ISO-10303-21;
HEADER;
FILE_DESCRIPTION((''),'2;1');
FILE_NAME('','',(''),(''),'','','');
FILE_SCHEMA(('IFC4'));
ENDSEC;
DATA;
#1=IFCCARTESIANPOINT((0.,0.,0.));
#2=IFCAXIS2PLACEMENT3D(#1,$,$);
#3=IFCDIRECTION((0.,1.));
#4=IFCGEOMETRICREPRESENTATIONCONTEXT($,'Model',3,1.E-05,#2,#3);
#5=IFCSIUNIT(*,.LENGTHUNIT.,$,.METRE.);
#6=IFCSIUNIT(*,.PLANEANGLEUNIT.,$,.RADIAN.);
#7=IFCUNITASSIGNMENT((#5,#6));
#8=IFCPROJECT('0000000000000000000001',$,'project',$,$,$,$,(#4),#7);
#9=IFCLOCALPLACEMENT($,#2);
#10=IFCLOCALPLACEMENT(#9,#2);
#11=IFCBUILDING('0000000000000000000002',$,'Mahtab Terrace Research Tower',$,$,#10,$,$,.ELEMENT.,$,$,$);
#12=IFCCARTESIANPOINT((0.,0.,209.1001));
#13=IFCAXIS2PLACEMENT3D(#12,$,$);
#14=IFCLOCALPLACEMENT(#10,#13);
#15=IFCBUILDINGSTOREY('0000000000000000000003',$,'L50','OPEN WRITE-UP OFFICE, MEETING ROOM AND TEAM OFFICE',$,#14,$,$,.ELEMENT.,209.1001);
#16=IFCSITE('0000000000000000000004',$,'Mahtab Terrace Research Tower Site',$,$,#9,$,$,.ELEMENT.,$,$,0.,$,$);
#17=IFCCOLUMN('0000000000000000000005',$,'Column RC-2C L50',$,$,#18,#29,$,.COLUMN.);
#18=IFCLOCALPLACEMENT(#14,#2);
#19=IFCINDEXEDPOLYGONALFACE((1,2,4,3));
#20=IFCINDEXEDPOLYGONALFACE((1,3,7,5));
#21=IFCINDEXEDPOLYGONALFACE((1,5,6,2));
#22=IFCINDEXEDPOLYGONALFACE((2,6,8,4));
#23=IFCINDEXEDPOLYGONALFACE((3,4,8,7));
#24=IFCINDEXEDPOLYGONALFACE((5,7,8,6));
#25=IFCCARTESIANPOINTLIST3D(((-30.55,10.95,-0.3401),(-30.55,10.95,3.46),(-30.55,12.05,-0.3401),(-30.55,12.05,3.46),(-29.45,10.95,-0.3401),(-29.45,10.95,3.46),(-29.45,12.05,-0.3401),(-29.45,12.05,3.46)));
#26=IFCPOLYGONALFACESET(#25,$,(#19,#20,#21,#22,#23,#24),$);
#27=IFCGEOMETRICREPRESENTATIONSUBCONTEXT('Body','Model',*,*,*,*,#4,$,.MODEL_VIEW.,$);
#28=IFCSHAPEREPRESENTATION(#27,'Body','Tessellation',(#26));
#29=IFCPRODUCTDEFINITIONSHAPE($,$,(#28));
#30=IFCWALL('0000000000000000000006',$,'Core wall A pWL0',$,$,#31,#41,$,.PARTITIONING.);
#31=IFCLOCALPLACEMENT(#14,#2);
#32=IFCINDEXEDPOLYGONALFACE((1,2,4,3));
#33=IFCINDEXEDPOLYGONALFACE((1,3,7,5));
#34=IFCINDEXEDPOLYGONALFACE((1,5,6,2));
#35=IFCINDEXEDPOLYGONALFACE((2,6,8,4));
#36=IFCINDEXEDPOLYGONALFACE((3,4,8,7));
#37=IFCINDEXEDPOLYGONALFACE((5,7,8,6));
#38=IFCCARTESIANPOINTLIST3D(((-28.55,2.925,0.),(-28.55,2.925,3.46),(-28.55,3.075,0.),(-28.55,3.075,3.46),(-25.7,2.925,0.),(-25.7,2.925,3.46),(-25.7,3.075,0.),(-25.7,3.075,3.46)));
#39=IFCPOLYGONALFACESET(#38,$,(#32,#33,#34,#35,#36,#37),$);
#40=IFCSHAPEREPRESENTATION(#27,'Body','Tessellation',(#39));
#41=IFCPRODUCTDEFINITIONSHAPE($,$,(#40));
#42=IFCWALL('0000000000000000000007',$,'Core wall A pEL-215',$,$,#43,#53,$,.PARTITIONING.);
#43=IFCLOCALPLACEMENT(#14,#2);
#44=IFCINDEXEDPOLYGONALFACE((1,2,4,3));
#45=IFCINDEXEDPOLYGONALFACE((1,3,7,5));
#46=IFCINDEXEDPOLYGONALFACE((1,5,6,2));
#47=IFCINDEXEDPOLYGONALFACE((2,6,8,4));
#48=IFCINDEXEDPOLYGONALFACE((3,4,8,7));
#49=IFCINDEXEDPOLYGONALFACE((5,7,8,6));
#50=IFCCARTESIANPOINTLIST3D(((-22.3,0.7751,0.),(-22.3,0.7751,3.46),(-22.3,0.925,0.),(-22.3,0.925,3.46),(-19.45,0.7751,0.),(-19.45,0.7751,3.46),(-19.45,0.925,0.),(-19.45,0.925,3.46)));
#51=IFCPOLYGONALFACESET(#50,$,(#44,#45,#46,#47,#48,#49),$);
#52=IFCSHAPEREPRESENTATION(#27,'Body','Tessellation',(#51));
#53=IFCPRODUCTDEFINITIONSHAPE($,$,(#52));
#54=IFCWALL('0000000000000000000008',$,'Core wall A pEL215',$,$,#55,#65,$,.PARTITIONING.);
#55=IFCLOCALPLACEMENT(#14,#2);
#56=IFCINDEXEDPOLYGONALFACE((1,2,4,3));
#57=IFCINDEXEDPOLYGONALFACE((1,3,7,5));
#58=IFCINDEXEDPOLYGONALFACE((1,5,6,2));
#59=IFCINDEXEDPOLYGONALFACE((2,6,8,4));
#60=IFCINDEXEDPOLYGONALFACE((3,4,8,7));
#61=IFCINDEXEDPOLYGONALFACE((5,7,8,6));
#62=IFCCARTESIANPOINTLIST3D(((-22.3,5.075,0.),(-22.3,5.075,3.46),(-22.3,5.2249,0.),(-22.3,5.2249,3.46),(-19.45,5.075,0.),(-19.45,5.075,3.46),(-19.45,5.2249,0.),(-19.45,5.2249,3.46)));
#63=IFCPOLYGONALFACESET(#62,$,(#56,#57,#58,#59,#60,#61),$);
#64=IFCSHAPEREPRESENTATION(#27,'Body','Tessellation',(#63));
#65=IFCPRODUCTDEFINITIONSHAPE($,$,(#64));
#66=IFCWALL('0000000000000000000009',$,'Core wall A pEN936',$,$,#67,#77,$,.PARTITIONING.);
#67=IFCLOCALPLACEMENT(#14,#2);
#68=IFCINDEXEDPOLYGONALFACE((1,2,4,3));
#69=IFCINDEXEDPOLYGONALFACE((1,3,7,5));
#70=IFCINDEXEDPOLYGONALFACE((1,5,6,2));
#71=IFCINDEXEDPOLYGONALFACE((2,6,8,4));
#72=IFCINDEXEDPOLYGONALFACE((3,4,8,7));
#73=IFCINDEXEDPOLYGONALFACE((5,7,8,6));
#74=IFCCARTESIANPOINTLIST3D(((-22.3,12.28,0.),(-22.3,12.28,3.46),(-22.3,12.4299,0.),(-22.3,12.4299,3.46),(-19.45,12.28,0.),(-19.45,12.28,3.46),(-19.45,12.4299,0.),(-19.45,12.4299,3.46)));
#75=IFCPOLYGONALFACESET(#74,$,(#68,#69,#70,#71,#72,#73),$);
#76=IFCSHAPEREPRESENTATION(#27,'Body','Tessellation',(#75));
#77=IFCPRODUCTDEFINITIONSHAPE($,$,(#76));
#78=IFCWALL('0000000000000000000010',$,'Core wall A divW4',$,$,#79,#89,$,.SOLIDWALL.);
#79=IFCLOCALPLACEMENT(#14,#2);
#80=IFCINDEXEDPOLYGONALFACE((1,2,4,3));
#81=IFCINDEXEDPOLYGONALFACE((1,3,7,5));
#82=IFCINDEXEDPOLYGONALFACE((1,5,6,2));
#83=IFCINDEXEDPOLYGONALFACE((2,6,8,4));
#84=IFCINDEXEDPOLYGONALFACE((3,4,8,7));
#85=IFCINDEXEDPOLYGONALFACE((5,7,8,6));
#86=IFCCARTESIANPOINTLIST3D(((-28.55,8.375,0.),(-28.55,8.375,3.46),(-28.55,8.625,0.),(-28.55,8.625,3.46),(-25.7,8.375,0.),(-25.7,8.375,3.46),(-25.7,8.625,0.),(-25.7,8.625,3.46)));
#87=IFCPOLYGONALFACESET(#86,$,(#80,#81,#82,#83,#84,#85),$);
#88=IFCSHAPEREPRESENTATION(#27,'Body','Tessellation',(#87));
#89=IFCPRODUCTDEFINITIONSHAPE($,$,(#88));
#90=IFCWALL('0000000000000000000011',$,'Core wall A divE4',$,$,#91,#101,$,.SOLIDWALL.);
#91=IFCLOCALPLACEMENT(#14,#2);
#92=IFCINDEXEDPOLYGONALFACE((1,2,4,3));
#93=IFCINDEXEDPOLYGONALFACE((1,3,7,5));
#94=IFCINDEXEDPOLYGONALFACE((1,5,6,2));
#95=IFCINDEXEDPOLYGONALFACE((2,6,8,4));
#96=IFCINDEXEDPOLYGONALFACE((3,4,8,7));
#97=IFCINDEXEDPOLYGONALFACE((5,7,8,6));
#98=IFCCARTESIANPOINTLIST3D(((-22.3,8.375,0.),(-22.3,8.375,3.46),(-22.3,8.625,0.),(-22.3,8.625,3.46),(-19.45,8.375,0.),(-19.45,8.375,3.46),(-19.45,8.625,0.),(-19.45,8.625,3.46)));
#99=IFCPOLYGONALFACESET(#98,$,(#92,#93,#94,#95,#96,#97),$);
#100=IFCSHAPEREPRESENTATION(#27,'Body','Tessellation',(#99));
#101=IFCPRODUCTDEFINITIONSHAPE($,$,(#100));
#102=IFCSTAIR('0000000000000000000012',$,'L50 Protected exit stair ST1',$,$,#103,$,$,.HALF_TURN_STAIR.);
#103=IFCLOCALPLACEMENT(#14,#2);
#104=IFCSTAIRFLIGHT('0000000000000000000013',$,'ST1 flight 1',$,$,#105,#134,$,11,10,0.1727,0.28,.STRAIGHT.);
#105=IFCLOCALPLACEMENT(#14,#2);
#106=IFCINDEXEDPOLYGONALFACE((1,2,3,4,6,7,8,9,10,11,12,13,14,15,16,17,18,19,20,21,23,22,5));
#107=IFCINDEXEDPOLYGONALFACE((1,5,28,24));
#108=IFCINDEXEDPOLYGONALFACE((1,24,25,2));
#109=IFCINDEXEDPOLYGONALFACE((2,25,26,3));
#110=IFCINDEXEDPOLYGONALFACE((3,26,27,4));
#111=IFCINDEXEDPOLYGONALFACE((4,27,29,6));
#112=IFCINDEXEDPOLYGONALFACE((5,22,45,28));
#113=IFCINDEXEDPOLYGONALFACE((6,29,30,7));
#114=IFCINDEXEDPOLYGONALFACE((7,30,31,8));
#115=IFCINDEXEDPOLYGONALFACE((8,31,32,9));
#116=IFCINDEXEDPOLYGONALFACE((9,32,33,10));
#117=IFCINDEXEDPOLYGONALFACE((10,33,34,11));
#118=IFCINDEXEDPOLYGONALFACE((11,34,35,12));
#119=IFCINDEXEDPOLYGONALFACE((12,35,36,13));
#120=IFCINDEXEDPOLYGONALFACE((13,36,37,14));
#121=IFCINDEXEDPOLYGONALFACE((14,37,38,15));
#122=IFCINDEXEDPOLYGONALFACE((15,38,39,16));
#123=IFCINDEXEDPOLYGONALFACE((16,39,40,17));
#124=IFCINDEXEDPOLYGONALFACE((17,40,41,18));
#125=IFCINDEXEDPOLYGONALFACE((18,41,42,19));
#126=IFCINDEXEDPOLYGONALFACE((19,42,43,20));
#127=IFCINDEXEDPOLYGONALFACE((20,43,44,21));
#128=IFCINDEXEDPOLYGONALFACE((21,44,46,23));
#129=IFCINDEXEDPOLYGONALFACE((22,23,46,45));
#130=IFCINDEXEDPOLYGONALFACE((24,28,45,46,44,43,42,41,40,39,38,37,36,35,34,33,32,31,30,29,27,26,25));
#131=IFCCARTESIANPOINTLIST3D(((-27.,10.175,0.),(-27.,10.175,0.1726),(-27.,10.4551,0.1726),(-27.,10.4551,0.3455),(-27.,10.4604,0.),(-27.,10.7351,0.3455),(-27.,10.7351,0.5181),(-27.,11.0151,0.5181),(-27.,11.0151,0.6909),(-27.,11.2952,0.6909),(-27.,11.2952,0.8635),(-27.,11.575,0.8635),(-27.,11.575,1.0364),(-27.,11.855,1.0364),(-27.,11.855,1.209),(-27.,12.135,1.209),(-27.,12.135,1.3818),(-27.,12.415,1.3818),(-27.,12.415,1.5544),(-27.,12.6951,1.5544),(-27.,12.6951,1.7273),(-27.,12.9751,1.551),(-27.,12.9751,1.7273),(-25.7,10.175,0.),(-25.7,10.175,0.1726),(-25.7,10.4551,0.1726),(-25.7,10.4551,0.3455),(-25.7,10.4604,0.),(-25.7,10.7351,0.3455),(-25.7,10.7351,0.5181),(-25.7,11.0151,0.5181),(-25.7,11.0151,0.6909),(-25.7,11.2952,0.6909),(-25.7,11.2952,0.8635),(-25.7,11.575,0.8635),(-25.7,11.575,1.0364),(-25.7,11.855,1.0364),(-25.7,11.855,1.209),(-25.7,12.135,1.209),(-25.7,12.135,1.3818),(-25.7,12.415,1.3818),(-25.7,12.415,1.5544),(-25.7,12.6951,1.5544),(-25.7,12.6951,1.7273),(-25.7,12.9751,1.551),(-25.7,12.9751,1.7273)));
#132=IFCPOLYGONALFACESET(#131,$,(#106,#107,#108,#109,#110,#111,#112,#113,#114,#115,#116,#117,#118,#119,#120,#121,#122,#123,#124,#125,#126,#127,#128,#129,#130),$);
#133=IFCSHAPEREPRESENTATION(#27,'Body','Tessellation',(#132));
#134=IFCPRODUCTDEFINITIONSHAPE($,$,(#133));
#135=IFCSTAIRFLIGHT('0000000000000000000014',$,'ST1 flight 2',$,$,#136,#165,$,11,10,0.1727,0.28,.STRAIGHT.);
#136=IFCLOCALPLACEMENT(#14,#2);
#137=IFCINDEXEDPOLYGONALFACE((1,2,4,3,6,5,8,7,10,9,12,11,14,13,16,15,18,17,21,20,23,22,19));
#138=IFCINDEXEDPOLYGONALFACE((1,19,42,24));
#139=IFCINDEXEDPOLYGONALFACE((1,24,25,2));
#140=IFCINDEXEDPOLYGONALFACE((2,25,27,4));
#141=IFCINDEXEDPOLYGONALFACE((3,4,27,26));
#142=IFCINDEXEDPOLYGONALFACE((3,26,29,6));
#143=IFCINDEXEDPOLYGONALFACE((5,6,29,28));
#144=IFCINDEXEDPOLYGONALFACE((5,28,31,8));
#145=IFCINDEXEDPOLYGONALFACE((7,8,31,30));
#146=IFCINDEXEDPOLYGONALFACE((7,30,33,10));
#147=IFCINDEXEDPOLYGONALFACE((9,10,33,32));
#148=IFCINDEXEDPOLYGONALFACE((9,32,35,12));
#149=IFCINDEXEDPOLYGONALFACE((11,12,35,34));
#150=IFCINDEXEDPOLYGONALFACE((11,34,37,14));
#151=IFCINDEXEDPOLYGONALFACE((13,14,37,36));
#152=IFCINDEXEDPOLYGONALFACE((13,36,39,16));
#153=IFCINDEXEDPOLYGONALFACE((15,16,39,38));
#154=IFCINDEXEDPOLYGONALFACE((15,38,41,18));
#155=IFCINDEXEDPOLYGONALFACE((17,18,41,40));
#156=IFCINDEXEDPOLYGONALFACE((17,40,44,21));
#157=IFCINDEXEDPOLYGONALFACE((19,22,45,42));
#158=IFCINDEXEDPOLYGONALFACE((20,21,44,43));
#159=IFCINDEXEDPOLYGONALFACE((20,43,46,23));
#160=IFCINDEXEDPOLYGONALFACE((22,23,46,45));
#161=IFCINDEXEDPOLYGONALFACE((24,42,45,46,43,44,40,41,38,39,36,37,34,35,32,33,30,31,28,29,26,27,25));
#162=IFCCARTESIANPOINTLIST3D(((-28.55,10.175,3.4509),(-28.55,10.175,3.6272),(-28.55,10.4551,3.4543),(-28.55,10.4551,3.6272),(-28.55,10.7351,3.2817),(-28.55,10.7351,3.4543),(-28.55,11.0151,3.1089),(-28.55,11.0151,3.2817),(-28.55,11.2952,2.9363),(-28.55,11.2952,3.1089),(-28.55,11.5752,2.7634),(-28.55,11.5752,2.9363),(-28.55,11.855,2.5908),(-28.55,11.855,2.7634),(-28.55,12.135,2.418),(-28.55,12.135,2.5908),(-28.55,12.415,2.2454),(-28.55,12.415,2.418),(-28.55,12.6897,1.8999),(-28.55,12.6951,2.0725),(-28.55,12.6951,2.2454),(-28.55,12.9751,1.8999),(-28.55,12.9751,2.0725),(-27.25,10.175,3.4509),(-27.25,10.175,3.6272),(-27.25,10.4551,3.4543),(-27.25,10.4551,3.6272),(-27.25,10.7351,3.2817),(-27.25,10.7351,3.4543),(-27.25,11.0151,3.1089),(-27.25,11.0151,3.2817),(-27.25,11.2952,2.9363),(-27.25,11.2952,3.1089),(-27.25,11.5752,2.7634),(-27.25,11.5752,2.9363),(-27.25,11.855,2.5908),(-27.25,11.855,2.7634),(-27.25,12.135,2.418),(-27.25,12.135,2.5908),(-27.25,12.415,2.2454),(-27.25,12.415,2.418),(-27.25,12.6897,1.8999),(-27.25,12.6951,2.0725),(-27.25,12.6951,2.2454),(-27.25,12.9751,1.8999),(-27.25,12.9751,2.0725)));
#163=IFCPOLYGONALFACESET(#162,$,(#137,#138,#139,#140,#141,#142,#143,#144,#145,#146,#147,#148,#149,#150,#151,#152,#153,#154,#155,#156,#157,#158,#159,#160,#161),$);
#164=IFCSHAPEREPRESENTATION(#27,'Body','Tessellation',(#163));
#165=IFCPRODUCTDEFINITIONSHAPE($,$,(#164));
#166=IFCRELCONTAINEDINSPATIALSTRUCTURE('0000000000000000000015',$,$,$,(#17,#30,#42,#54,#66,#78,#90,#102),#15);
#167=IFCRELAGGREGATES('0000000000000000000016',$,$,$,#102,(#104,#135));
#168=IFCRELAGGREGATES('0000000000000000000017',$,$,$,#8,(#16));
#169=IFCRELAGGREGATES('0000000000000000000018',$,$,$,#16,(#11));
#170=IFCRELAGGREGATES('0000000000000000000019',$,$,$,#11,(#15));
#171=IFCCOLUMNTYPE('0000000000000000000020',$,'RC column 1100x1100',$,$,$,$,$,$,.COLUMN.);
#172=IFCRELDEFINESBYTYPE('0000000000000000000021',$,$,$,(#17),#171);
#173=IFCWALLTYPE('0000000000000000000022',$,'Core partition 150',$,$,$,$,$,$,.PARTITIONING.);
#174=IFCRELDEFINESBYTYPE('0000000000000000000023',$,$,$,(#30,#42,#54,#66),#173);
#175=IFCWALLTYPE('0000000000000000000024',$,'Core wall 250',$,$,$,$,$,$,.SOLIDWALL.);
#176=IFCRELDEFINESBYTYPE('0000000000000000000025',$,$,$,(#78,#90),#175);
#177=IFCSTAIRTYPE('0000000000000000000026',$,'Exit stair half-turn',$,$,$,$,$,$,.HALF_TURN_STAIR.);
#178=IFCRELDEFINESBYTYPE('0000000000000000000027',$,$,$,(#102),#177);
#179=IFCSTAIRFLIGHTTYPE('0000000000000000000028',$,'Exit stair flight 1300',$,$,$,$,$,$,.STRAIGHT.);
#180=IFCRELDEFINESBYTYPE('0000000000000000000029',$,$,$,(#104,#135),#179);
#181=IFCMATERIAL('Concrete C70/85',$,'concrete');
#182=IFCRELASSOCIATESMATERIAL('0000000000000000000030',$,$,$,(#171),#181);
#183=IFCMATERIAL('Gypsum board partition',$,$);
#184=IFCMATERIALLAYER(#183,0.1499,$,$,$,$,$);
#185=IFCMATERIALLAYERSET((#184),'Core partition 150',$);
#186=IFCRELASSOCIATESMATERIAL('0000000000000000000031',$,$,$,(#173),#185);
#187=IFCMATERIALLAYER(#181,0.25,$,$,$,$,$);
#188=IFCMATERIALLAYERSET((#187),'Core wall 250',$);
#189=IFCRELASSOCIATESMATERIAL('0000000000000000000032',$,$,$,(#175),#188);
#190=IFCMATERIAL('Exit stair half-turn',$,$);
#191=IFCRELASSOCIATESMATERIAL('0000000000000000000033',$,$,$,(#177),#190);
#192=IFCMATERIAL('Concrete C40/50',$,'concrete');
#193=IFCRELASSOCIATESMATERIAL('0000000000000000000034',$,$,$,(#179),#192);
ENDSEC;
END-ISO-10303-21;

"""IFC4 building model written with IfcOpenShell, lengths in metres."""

from ifc_helpers import new_model, si_unit, direction, frame, frame_2d, origin, origin_2d, place, context, subcontext, project, spatial, polyline, rectangle, outline, extrude, material, layer, layer_set, material_profile, profile_set, type_object, element, aggregate, save


model = new_model("IFC4")

# Units and contexts
model_context = context("Model", 3, precision=1e-05, world=origin(), true_north=direction((0.0, 1.0)))
body_context = subcontext(model_context, "Body", "Model", "MODEL_VIEW")
ifc_project = project(units=[si_unit("LENGTHUNIT", "METRE"), si_unit("PLANEANGLEUNIT", "RADIAN")], contexts=[model_context])

# Site, building, storey
site_placement = place(None, origin())
site = spatial("IfcSite", under=ifc_project, at=site_placement, Name="Mahtab Terrace Research Tower Site", CompositionType="ELEMENT", RefElevation=0.0)
building_placement = place(site_placement, origin())
building = spatial("IfcBuilding", under=site, at=building_placement, Name="Mahtab Terrace Research Tower", CompositionType="ELEMENT")
storey_placement = place(building_placement, frame((0.0, 0.0, 209.1001)))
storey = spatial("IfcBuildingStorey", under=building, at=storey_placement, Name="L50", Description="OPEN WRITE-UP OFFICE, MEETING ROOM AND TEAM OFFICE", CompositionType="ELEMENT", Elevation=209.1001)

# Column
ifc_material_1 = material(Name="Concrete C70/85", Category="concrete")
ifc_material_profile = material_profile(ifc_material_1, rectangle(XDim=1.1001, YDim=1.1001, at=origin_2d()), Name="RC column 1100x1100")
ifc_profile_set = profile_set([ifc_material_profile], Name="Concrete C70/85")
column_type = type_object("IfcColumnType", Name="RC column 1100x1100", PredefinedType="COLUMN", material=ifc_profile_set)
column_placement = place(storey_placement, frame((-30.0, 11.5, -0.3401), z_axis=(0.0, 0.0, 1.0), x_axis=(1.0, 0.0, 0.0)))
element("IfcColumn", 1, at=column_placement, inside=storey, type_object=column_type, Name="Column RC-2C L50", PredefinedType="COLUMN", context=body_context, shape_type="SweptSolid", body=[
    extrude(rectangle(XDim=1.1001, YDim=1.1001, at=origin_2d()), origin(), (0.0, 0.0, 1.0), 3.8),
])

# Walls
ifc_material_2 = material(Name="Gypsum board partition")
ifc_layer_1 = layer(ifc_material_2, 0.1499)
ifc_layer_set_1 = layer_set([ifc_layer_1], Name="Core partition 150")
wall_type_1 = type_object("IfcWallType", Name="Core partition 150", PredefinedType="PARTITIONING", material=ifc_layer_set_1)
for number, where, z_axis, x_axis, name in (
    (2, (-28.55, 3.0, 0.0), (0.0, 0.0, 1.0), (1.0, 0.0, 0.0), "Core wall A pWL0"),
    (3, (-22.3, 0.8501, 0.0), (0.0, 0.0, 1.0), (1.0, 0.0, 0.0), "Core wall A pEL-215"),
    (4, (-22.3, 5.1499, 0.0), (0.0, 0.0, 1.0), (1.0, 0.0, 0.0), "Core wall A pEL215"),
    (5, (-22.3, 12.355, 0.0), (0.0, 0.0, 1.0), (1.0, 0.0, 0.0), "Core wall A pEN936"),
):
    element("IfcWall", number, at=place(storey_placement, frame(where, z_axis=z_axis, x_axis=x_axis)), inside=storey, type_object=wall_type_1, Name=name, PredefinedType="PARTITIONING", context=body_context, shape_type="SweptSolid", body=[
        extrude(rectangle(XDim=2.8501, YDim=0.1499, at=frame_2d((1.425, 0.0))), origin(), (0.0, 0.0, 1.0), 3.46),
    ])
ifc_layer_2 = layer(ifc_material_1, 0.25)
ifc_layer_set_2 = layer_set([ifc_layer_2], Name="Core wall 250")
wall_type_2 = type_object("IfcWallType", Name="Core wall 250", PredefinedType="SOLIDWALL", material=ifc_layer_set_2)
for number, where, z_axis, x_axis, name in (
    (6, (-28.55, 8.5, 0.0), (0.0, 0.0, 1.0), (1.0, 0.0, 0.0), "Core wall A divW4"),
    (7, (-22.3, 8.5, 0.0), (0.0, 0.0, 1.0), (1.0, 0.0, 0.0), "Core wall A divE4"),
):
    element("IfcWall", number, at=place(storey_placement, frame(where, z_axis=z_axis, x_axis=x_axis)), inside=storey, type_object=wall_type_2, Name=name, PredefinedType="SOLIDWALL", context=body_context, shape_type="SweptSolid", body=[
        extrude(rectangle(XDim=2.8501, YDim=0.25, at=frame_2d((1.425, 0.0))), origin(), (0.0, 0.0, 1.0), 3.46),
    ])

# Stair, stair flights
ifc_material_3 = material(Name="Exit stair half-turn")
stair_type = type_object("IfcStairType", Name="Exit stair half-turn", PredefinedType="HALF_TURN_STAIR", material=ifc_material_3)
stair_placement = place(storey_placement, origin())
stair = element("IfcStair", 8, at=stair_placement, inside=storey, type_object=stair_type, Name="L50 Protected exit stair ST1", PredefinedType="HALF_TURN_STAIR")
ifc_material_4 = material(Name="Concrete C40/50", Category="concrete")
stair_flight_type = type_object("IfcStairFlightType", Name="Exit stair flight 1300", PredefinedType="STRAIGHT", material=ifc_material_4)
stair_flight_1_placement = place(storey_placement, frame((-26.3501, 10.175, 0.0), z_axis=(0.0, 0.0, 1.0), x_axis=(0.0, 1.0, 0.0)))
stair_flight_1 = element("IfcStairFlight", 9, at=stair_flight_1_placement, type_object=stair_flight_type, Name="ST1 flight 1", NumberOfRisers=11, NumberOfTreads=10, PredefinedType="STRAIGHT", RiserHeight=0.1727, TreadLength=0.28, context=body_context, shape_type="SweptSolid", body=[
    extrude(outline(polyline([(0.0, 0.0), (0.0, 0.1726), (0.28, 0.1726), (0.28, 0.3455), (0.5601, 0.3455), (0.5601, 0.5181), (0.8401, 0.5181), (0.8401, 0.6909), (1.1201, 0.6909), (1.1201, 0.8635), (1.3999, 0.8635), (1.3999, 1.0364), (1.6799, 1.0364), (1.6799, 1.209), (1.96, 1.209), (1.96, 1.3818), (2.24, 1.3818), (2.24, 1.5544), (2.52, 1.5544), (2.52, 1.7273), (2.8, 1.7273), (2.8, 1.8999), (2.8, 1.551), (0.2854, 0.0), (0.0, 0.0)])), frame((0.0, 0.6499, 0.0), z_axis=(0.0, -1.0, 0.0), x_axis=(1.0, 0.0, 0.0)), (0.0, 0.0, 1.0), 1.3),
])
stair_flight_2_placement = place(storey_placement, frame((-27.8999, 12.9751, 1.8999), z_axis=(0.0, 0.0, 1.0), x_axis=(0.0, -1.0, 0.0)))
stair_flight_2 = element("IfcStairFlight", 10, at=stair_flight_2_placement, type_object=stair_flight_type, Name="ST1 flight 2", NumberOfRisers=11, NumberOfTreads=10, PredefinedType="STRAIGHT", RiserHeight=0.1727, TreadLength=0.28, context=body_context, shape_type="SweptSolid", body=[
    extrude(outline(polyline([(0.0, 0.0), (0.0, 0.1726), (0.28, 0.1726), (0.28, 0.3455), (0.5601, 0.3455), (0.5601, 0.5181), (0.8401, 0.5181), (0.8401, 0.6909), (1.1201, 0.6909), (1.1201, 0.8635), (1.3999, 0.8635), (1.3999, 1.0364), (1.6799, 1.0364), (1.6799, 1.209), (1.96, 1.209), (1.96, 1.3818), (2.24, 1.3818), (2.24, 1.5544), (2.52, 1.5544), (2.52, 1.7273), (2.8, 1.7273), (2.8, 1.8999), (2.8, 1.551), (0.2854, 0.0), (0.0, 0.0)])), frame((0.0, 0.6499, 0.0), z_axis=(0.0, -1.0, 0.0), x_axis=(1.0, 0.0, 0.0)), (0.0, 0.0, 1.0), 1.3),
])
aggregate(stair, [stair_flight_1, stair_flight_2])

save(model, "model.ifc")
